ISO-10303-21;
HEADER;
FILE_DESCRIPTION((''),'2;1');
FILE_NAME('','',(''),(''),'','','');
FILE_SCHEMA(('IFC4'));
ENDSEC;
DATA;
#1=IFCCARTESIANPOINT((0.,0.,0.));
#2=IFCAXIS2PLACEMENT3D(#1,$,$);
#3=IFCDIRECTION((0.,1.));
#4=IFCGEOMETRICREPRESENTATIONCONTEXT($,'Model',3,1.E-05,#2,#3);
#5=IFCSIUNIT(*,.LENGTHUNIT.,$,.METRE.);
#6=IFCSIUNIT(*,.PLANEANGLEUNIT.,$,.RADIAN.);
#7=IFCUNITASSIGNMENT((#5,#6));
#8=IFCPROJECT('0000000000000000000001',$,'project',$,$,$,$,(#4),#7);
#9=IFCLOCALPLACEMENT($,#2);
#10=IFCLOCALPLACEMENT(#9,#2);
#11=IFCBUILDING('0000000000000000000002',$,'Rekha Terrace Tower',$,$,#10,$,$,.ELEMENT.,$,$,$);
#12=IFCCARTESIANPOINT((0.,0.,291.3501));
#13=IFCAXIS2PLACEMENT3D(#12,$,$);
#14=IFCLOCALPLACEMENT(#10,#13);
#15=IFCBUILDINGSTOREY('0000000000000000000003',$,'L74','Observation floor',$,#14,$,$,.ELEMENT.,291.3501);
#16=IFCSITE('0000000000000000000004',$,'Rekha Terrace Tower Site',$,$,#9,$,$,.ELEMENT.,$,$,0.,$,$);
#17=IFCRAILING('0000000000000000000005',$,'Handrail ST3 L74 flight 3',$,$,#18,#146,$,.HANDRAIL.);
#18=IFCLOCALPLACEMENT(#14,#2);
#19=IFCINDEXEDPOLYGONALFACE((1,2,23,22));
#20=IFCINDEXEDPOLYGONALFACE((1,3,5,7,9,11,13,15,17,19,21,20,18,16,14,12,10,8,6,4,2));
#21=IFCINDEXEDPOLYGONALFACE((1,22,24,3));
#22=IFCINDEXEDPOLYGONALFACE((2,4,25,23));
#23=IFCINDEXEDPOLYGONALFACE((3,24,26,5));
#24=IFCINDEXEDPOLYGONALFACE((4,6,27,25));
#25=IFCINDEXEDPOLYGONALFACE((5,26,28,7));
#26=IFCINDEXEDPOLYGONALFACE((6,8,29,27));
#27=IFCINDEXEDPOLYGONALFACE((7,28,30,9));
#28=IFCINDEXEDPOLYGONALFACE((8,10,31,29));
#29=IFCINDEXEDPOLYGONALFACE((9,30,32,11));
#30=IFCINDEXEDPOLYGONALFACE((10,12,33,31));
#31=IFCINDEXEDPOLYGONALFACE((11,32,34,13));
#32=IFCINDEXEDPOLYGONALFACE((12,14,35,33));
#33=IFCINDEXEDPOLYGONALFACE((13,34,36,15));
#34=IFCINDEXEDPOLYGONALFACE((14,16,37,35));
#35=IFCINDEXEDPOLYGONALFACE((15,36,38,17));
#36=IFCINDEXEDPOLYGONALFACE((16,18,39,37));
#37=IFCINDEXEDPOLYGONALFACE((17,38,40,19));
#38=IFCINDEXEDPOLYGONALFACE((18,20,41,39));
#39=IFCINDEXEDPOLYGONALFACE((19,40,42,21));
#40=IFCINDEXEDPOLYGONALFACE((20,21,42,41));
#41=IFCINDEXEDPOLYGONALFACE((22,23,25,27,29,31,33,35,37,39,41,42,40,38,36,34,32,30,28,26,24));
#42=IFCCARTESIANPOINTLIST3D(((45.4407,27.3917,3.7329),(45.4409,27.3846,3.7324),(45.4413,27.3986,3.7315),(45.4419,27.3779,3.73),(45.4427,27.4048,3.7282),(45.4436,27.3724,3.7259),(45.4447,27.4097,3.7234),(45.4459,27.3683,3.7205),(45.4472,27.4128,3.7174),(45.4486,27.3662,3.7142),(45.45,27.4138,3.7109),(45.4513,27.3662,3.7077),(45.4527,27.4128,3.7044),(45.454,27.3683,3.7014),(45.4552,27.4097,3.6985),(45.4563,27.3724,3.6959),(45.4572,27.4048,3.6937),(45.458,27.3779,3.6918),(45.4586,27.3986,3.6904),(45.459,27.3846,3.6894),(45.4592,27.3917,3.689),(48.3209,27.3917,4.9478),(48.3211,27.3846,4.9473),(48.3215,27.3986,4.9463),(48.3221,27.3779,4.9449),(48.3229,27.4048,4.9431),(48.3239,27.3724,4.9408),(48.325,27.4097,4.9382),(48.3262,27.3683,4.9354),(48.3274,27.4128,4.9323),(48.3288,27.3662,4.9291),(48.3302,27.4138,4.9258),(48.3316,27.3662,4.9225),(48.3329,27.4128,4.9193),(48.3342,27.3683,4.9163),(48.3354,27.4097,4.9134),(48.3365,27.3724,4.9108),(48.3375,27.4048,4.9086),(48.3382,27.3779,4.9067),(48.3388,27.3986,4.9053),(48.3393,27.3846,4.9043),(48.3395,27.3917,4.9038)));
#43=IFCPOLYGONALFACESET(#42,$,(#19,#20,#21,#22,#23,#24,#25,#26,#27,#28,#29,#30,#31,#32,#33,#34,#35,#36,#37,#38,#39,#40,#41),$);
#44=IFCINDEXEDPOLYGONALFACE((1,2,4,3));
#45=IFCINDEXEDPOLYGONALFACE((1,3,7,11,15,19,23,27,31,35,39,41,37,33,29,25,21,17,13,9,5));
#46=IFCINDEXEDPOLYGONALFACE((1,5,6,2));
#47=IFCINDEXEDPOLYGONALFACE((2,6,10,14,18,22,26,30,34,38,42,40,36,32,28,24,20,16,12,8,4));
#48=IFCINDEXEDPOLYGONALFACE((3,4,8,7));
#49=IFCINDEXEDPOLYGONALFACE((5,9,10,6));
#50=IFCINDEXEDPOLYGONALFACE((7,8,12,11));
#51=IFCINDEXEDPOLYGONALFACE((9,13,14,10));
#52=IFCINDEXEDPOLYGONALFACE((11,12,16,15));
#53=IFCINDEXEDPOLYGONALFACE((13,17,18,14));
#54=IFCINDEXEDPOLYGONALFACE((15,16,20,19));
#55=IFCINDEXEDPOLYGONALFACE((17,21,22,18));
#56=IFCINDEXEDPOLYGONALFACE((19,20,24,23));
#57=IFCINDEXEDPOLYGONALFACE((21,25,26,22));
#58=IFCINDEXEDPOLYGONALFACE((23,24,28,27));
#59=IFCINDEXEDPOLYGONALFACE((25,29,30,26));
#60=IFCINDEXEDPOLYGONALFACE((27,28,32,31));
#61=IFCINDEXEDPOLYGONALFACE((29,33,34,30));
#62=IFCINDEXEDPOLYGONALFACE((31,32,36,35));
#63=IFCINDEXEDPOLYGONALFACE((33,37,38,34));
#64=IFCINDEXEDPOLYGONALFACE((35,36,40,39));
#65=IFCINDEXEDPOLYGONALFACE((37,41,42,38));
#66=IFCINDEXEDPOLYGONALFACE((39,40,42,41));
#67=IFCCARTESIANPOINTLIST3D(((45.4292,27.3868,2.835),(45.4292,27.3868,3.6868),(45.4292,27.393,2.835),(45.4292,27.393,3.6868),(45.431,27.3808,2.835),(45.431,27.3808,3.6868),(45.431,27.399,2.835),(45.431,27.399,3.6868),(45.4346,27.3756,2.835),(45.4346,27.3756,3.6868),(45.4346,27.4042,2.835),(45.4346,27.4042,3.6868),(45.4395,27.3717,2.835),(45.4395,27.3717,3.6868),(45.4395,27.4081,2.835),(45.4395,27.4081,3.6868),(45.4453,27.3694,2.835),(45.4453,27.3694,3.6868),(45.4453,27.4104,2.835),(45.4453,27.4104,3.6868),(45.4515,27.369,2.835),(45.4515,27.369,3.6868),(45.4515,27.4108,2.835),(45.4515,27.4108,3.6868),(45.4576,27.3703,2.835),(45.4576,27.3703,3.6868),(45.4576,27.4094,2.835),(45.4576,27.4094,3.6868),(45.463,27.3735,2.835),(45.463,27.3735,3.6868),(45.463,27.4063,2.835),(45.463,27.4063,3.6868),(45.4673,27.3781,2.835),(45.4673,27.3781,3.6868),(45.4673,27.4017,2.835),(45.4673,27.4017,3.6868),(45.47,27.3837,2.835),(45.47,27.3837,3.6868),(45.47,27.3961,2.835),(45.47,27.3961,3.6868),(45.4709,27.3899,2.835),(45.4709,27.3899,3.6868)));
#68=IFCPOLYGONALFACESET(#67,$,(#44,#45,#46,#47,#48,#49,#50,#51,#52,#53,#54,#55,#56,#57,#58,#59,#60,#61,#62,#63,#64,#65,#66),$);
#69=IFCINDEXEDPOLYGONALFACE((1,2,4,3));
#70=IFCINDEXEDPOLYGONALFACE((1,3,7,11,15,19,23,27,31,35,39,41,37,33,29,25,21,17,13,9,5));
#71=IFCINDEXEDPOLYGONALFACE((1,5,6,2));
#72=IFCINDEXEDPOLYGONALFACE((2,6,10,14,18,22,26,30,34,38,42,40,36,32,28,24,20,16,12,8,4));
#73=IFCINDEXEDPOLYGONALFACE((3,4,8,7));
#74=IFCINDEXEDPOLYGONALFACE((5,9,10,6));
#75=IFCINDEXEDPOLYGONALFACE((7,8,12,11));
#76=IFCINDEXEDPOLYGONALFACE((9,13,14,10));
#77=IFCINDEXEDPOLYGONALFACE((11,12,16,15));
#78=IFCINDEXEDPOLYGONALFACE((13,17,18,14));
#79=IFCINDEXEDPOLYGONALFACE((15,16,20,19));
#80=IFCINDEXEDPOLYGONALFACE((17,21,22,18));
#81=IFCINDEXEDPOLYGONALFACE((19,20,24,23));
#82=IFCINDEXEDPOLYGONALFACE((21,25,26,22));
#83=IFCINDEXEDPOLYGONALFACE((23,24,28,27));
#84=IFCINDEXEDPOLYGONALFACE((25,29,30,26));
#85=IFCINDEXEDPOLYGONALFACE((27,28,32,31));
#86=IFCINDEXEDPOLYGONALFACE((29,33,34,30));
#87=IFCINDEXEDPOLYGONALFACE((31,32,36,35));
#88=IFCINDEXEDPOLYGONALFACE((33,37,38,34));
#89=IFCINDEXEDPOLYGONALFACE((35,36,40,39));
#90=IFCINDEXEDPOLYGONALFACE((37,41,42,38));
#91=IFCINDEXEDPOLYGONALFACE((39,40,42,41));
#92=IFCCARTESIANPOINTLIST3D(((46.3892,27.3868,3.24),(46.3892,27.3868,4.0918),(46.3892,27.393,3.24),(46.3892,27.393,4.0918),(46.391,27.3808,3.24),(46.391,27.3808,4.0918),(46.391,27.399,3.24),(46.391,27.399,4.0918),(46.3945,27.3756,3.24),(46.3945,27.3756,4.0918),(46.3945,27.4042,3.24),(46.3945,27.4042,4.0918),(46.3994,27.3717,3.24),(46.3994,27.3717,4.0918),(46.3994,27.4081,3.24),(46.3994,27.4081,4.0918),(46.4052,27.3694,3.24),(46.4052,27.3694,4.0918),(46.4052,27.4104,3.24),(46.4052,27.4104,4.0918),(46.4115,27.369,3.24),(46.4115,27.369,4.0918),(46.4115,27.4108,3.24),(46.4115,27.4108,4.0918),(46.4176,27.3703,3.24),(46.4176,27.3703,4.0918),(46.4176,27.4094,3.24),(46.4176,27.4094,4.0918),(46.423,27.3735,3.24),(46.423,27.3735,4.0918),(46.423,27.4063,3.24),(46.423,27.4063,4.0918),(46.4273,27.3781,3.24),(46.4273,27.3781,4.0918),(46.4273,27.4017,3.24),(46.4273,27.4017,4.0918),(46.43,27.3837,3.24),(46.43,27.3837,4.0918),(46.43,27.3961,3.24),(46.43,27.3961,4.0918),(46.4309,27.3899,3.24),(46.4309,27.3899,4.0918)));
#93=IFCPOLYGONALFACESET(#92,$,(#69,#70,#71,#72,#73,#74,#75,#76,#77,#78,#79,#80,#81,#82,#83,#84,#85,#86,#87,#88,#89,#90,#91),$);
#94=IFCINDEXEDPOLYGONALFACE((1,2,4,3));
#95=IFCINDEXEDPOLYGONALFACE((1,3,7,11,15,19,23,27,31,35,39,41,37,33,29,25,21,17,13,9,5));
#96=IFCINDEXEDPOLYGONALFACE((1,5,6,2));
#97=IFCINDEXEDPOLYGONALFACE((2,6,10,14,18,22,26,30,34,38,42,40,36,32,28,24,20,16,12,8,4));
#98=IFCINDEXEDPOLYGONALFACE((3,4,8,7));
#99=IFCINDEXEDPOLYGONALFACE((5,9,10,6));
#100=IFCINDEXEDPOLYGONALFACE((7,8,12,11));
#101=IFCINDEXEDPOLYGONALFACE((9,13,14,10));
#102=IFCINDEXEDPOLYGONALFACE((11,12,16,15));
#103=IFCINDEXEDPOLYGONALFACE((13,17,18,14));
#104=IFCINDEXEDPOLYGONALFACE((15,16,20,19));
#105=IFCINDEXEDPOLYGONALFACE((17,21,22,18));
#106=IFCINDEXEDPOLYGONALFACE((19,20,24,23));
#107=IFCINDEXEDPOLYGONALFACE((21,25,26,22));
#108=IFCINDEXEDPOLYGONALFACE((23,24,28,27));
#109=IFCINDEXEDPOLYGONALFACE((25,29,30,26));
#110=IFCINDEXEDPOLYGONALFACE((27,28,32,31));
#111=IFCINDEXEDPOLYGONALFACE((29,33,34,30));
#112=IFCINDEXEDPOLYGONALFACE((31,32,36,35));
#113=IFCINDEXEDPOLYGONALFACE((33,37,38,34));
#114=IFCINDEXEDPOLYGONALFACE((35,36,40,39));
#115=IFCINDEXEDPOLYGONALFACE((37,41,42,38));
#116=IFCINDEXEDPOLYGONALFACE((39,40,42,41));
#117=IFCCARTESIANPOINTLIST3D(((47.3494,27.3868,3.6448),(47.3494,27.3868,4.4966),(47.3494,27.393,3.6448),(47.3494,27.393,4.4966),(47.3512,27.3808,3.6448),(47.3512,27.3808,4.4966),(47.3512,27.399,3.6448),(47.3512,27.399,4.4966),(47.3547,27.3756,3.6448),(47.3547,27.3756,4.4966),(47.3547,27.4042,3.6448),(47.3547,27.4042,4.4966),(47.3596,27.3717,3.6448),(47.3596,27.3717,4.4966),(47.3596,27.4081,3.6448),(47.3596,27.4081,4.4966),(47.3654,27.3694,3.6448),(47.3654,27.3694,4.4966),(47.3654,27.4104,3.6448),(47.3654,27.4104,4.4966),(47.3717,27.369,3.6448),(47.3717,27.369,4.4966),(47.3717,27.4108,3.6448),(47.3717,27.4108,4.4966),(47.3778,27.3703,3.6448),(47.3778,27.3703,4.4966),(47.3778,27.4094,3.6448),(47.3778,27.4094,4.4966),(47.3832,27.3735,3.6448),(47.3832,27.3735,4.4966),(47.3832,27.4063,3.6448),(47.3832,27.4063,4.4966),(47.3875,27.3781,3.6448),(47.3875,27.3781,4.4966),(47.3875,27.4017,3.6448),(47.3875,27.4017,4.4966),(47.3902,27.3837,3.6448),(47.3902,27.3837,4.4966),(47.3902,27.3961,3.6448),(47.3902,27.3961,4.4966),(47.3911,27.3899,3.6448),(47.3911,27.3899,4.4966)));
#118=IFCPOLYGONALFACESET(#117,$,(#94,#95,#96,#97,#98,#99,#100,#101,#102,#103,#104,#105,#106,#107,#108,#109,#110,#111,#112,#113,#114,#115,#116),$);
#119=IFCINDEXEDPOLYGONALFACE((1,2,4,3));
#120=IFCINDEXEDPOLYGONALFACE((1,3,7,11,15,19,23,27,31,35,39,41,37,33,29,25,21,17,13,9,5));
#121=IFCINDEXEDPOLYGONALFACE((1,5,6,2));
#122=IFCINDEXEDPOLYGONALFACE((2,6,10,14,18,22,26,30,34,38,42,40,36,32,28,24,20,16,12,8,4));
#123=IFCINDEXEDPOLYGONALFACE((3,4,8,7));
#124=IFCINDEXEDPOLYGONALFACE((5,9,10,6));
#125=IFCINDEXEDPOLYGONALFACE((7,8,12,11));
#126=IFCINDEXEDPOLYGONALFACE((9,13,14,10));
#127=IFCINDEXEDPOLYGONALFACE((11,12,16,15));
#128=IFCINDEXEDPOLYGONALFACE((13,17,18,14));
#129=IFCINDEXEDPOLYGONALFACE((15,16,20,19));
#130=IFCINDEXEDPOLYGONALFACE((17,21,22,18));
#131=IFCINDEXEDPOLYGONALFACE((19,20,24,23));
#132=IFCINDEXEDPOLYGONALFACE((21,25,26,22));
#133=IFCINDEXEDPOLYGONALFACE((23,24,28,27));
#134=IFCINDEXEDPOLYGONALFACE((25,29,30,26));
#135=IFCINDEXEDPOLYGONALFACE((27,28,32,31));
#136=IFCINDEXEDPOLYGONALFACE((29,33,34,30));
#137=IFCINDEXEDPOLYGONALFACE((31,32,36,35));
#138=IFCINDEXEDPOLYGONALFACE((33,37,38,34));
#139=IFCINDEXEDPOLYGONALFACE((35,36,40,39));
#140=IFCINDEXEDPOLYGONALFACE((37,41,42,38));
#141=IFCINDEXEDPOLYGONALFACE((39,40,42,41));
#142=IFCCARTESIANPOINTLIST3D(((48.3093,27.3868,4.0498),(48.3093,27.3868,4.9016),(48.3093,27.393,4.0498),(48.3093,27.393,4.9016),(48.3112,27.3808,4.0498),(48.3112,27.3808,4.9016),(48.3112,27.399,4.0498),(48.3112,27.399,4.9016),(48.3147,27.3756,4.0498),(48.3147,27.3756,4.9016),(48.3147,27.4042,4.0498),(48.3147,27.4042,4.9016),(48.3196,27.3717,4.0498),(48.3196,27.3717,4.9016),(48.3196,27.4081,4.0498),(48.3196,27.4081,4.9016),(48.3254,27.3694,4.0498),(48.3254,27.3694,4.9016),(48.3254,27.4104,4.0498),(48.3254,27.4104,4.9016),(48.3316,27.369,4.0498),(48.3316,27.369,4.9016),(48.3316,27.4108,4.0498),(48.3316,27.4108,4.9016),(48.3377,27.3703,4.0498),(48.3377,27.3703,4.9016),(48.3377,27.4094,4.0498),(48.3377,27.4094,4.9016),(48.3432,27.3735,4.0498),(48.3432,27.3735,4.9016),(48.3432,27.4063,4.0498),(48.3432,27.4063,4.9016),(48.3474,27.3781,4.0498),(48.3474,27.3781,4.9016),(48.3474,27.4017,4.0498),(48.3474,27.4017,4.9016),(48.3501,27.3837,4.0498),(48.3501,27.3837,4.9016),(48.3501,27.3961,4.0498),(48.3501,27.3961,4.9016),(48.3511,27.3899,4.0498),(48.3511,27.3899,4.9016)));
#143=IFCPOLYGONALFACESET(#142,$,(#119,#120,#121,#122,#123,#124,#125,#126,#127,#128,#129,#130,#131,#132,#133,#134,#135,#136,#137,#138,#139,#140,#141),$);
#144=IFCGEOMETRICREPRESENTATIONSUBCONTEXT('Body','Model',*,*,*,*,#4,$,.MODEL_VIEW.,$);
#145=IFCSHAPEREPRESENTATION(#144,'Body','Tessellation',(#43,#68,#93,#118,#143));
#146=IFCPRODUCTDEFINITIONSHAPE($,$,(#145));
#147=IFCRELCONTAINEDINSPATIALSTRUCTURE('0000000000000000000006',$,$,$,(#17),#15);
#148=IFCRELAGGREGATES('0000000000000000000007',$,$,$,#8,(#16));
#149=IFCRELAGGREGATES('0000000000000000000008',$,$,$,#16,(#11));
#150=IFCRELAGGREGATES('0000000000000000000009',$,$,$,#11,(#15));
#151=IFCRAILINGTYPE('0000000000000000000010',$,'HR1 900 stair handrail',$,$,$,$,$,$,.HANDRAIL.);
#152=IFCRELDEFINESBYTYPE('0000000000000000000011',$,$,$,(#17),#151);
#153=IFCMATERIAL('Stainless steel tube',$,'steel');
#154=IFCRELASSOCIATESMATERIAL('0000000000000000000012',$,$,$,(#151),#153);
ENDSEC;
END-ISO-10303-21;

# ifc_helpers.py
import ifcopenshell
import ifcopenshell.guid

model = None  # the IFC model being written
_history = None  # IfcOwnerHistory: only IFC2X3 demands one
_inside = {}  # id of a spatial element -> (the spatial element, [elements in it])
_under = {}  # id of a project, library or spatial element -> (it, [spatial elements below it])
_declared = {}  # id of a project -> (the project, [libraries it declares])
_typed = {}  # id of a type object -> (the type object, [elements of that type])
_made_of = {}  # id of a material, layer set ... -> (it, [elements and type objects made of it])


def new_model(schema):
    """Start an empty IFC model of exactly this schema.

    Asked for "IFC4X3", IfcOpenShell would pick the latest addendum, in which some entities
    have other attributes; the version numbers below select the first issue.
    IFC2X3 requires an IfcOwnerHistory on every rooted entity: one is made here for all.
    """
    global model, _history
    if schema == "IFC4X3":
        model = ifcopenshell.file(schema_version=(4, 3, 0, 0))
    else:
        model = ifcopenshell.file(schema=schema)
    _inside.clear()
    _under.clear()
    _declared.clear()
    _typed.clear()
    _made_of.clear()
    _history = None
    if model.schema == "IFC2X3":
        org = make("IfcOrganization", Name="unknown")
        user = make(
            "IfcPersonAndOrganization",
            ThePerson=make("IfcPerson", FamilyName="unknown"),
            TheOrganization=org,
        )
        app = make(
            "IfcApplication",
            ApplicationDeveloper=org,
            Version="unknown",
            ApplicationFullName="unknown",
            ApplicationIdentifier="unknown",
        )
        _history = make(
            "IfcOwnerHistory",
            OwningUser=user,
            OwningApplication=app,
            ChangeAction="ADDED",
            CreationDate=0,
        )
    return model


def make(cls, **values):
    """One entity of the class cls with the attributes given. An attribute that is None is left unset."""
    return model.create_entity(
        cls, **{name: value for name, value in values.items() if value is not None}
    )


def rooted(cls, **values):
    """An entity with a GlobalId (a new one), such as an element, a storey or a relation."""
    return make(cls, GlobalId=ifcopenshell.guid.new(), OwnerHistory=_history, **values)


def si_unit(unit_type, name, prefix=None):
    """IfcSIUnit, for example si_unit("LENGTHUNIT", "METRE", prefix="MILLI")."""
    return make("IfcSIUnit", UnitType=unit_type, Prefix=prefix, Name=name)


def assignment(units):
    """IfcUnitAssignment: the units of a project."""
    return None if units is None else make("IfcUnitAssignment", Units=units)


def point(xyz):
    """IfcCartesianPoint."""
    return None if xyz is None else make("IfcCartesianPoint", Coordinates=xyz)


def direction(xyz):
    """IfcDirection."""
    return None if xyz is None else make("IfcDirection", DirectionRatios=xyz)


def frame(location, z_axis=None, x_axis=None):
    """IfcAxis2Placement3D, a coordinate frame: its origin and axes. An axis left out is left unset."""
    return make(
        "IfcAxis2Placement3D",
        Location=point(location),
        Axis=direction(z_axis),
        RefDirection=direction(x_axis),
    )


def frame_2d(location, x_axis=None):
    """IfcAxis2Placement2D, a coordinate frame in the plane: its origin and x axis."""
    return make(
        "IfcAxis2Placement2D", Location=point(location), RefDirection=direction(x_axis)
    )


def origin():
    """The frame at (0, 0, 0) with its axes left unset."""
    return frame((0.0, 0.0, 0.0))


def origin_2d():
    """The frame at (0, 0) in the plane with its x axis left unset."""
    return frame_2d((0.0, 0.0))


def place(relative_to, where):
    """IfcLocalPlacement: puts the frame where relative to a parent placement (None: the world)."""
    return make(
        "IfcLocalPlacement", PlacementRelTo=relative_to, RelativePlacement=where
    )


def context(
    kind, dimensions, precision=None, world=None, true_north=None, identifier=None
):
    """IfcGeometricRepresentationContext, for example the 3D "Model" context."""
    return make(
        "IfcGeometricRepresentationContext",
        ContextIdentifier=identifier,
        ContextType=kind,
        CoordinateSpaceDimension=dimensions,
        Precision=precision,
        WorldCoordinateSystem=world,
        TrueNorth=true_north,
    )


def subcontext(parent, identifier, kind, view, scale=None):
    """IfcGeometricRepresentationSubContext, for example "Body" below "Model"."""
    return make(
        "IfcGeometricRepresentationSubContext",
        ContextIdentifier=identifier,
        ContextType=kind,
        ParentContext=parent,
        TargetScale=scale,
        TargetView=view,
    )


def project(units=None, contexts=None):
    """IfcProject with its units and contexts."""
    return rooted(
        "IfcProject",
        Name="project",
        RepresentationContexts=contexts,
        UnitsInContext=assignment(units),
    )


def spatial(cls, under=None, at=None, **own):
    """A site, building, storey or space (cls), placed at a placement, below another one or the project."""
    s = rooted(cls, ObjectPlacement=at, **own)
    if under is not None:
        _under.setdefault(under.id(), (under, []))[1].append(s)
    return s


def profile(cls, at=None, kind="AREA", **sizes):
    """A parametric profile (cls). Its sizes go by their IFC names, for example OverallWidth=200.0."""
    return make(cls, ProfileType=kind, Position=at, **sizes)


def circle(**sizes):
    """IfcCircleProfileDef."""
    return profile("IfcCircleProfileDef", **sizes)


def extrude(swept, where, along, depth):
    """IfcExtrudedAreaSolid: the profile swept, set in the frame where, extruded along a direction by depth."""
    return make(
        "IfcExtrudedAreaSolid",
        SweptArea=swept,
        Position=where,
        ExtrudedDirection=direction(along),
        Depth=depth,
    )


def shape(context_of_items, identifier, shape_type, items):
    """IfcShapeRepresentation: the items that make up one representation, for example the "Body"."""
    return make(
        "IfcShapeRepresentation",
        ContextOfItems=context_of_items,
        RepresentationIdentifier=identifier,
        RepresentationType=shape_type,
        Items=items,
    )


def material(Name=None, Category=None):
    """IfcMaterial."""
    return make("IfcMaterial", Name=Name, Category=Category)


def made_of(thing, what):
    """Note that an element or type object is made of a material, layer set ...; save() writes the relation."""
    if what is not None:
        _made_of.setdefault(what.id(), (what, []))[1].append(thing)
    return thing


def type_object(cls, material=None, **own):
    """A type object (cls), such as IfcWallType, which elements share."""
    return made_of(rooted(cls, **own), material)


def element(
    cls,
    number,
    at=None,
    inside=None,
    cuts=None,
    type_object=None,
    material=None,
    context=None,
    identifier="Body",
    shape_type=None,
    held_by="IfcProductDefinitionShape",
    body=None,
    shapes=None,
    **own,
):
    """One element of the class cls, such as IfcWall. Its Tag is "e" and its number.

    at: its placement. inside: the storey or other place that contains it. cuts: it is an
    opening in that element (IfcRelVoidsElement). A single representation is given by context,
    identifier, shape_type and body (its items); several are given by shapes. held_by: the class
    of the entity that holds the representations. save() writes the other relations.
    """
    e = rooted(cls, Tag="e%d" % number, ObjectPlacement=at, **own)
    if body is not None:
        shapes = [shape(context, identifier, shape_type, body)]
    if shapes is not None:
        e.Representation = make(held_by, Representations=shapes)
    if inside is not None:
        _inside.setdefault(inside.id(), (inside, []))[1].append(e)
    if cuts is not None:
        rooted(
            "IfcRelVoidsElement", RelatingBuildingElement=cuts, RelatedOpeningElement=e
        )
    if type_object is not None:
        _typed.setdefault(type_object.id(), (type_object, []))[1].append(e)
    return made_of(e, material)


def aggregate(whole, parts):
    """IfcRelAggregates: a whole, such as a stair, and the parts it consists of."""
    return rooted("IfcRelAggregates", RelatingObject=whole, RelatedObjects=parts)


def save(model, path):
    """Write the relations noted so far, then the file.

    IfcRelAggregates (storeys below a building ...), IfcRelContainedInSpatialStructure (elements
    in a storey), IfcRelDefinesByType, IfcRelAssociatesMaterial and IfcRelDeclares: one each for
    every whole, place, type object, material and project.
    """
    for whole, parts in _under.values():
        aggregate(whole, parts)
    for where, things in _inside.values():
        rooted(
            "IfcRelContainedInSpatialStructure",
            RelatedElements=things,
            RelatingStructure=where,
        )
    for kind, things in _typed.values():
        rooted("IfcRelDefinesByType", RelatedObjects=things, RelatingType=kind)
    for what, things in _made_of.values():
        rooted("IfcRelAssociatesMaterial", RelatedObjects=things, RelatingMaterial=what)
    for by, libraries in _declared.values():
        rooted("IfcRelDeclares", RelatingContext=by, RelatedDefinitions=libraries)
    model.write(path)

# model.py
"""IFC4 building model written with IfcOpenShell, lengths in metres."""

from ifc_helpers import new_model, si_unit, direction, frame, origin, origin_2d, place, context, subcontext, project, spatial, circle, extrude, material, type_object, element, save


model = new_model("IFC4")

# Units and contexts
model_context = context("Model", 3, precision=1e-05, world=origin(), true_north=direction((0.0, 1.0)))
body_context = subcontext(model_context, "Body", "Model", "MODEL_VIEW")
ifc_project = project(units=[si_unit("LENGTHUNIT", "METRE"), si_unit("PLANEANGLEUNIT", "RADIAN")], contexts=[model_context])

# Site, building, storey
site_placement = place(None, origin())
site = spatial("IfcSite", under=ifc_project, at=site_placement, Name="Rekha Terrace Tower Site", CompositionType="ELEMENT", RefElevation=0.0)
building_placement = place(site_placement, origin())
building = spatial("IfcBuilding", under=site, at=building_placement, Name="Rekha Terrace Tower", CompositionType="ELEMENT")
storey_placement = place(building_placement, frame((0.0, 0.0, 291.3501)))
storey = spatial("IfcBuildingStorey", under=building, at=storey_placement, Name="L74", Description="Observation floor", CompositionType="ELEMENT", Elevation=291.3501)

# Railing
ifc_material_1 = material(Name="Stainless steel tube", Category="steel")
railing_type_1 = type_object("IfcRailingType", Name="HR1 900 stair handrail", PredefinedType="HANDRAIL", material=ifc_material_1)
railing_1_placement = place(storey_placement, frame((45.45, 27.3899, 2.835)))
element("IfcRailing", 1, at=railing_1_placement, inside=storey, type_object=railing_type_1, Name="Handrail ST3 L74 flight 3", PredefinedType="HANDRAIL", context=body_context, shape_type="SweptSolid", body=[
    extrude(circle(Radius=0.0239, at=origin_2d()), frame((0.0, 0.0, 0.876), z_axis=(0.921388, 0.0, 0.388644), x_axis=(0.0, 1.0, 0.0)), (0.0, 0.0, 1.0), 3.126),
    extrude(circle(Radius=0.021, at=origin_2d()), origin(), (0.0, 0.0, 1.0), 0.8518),
    extrude(circle(Radius=0.021, at=origin_2d()), frame((0.96, 0.0, 0.405)), (0.0, 0.0, 1.0), 0.8518),
    extrude(circle(Radius=0.021, at=origin_2d()), frame((1.9202, 0.0, 0.8098)), (0.0, 0.0, 1.0), 0.8518),
    extrude(circle(Radius=0.021, at=origin_2d()), frame((2.8801, 0.0, 1.2148)), (0.0, 0.0, 1.0), 0.8518),
])

save(model, "model.ifc")
